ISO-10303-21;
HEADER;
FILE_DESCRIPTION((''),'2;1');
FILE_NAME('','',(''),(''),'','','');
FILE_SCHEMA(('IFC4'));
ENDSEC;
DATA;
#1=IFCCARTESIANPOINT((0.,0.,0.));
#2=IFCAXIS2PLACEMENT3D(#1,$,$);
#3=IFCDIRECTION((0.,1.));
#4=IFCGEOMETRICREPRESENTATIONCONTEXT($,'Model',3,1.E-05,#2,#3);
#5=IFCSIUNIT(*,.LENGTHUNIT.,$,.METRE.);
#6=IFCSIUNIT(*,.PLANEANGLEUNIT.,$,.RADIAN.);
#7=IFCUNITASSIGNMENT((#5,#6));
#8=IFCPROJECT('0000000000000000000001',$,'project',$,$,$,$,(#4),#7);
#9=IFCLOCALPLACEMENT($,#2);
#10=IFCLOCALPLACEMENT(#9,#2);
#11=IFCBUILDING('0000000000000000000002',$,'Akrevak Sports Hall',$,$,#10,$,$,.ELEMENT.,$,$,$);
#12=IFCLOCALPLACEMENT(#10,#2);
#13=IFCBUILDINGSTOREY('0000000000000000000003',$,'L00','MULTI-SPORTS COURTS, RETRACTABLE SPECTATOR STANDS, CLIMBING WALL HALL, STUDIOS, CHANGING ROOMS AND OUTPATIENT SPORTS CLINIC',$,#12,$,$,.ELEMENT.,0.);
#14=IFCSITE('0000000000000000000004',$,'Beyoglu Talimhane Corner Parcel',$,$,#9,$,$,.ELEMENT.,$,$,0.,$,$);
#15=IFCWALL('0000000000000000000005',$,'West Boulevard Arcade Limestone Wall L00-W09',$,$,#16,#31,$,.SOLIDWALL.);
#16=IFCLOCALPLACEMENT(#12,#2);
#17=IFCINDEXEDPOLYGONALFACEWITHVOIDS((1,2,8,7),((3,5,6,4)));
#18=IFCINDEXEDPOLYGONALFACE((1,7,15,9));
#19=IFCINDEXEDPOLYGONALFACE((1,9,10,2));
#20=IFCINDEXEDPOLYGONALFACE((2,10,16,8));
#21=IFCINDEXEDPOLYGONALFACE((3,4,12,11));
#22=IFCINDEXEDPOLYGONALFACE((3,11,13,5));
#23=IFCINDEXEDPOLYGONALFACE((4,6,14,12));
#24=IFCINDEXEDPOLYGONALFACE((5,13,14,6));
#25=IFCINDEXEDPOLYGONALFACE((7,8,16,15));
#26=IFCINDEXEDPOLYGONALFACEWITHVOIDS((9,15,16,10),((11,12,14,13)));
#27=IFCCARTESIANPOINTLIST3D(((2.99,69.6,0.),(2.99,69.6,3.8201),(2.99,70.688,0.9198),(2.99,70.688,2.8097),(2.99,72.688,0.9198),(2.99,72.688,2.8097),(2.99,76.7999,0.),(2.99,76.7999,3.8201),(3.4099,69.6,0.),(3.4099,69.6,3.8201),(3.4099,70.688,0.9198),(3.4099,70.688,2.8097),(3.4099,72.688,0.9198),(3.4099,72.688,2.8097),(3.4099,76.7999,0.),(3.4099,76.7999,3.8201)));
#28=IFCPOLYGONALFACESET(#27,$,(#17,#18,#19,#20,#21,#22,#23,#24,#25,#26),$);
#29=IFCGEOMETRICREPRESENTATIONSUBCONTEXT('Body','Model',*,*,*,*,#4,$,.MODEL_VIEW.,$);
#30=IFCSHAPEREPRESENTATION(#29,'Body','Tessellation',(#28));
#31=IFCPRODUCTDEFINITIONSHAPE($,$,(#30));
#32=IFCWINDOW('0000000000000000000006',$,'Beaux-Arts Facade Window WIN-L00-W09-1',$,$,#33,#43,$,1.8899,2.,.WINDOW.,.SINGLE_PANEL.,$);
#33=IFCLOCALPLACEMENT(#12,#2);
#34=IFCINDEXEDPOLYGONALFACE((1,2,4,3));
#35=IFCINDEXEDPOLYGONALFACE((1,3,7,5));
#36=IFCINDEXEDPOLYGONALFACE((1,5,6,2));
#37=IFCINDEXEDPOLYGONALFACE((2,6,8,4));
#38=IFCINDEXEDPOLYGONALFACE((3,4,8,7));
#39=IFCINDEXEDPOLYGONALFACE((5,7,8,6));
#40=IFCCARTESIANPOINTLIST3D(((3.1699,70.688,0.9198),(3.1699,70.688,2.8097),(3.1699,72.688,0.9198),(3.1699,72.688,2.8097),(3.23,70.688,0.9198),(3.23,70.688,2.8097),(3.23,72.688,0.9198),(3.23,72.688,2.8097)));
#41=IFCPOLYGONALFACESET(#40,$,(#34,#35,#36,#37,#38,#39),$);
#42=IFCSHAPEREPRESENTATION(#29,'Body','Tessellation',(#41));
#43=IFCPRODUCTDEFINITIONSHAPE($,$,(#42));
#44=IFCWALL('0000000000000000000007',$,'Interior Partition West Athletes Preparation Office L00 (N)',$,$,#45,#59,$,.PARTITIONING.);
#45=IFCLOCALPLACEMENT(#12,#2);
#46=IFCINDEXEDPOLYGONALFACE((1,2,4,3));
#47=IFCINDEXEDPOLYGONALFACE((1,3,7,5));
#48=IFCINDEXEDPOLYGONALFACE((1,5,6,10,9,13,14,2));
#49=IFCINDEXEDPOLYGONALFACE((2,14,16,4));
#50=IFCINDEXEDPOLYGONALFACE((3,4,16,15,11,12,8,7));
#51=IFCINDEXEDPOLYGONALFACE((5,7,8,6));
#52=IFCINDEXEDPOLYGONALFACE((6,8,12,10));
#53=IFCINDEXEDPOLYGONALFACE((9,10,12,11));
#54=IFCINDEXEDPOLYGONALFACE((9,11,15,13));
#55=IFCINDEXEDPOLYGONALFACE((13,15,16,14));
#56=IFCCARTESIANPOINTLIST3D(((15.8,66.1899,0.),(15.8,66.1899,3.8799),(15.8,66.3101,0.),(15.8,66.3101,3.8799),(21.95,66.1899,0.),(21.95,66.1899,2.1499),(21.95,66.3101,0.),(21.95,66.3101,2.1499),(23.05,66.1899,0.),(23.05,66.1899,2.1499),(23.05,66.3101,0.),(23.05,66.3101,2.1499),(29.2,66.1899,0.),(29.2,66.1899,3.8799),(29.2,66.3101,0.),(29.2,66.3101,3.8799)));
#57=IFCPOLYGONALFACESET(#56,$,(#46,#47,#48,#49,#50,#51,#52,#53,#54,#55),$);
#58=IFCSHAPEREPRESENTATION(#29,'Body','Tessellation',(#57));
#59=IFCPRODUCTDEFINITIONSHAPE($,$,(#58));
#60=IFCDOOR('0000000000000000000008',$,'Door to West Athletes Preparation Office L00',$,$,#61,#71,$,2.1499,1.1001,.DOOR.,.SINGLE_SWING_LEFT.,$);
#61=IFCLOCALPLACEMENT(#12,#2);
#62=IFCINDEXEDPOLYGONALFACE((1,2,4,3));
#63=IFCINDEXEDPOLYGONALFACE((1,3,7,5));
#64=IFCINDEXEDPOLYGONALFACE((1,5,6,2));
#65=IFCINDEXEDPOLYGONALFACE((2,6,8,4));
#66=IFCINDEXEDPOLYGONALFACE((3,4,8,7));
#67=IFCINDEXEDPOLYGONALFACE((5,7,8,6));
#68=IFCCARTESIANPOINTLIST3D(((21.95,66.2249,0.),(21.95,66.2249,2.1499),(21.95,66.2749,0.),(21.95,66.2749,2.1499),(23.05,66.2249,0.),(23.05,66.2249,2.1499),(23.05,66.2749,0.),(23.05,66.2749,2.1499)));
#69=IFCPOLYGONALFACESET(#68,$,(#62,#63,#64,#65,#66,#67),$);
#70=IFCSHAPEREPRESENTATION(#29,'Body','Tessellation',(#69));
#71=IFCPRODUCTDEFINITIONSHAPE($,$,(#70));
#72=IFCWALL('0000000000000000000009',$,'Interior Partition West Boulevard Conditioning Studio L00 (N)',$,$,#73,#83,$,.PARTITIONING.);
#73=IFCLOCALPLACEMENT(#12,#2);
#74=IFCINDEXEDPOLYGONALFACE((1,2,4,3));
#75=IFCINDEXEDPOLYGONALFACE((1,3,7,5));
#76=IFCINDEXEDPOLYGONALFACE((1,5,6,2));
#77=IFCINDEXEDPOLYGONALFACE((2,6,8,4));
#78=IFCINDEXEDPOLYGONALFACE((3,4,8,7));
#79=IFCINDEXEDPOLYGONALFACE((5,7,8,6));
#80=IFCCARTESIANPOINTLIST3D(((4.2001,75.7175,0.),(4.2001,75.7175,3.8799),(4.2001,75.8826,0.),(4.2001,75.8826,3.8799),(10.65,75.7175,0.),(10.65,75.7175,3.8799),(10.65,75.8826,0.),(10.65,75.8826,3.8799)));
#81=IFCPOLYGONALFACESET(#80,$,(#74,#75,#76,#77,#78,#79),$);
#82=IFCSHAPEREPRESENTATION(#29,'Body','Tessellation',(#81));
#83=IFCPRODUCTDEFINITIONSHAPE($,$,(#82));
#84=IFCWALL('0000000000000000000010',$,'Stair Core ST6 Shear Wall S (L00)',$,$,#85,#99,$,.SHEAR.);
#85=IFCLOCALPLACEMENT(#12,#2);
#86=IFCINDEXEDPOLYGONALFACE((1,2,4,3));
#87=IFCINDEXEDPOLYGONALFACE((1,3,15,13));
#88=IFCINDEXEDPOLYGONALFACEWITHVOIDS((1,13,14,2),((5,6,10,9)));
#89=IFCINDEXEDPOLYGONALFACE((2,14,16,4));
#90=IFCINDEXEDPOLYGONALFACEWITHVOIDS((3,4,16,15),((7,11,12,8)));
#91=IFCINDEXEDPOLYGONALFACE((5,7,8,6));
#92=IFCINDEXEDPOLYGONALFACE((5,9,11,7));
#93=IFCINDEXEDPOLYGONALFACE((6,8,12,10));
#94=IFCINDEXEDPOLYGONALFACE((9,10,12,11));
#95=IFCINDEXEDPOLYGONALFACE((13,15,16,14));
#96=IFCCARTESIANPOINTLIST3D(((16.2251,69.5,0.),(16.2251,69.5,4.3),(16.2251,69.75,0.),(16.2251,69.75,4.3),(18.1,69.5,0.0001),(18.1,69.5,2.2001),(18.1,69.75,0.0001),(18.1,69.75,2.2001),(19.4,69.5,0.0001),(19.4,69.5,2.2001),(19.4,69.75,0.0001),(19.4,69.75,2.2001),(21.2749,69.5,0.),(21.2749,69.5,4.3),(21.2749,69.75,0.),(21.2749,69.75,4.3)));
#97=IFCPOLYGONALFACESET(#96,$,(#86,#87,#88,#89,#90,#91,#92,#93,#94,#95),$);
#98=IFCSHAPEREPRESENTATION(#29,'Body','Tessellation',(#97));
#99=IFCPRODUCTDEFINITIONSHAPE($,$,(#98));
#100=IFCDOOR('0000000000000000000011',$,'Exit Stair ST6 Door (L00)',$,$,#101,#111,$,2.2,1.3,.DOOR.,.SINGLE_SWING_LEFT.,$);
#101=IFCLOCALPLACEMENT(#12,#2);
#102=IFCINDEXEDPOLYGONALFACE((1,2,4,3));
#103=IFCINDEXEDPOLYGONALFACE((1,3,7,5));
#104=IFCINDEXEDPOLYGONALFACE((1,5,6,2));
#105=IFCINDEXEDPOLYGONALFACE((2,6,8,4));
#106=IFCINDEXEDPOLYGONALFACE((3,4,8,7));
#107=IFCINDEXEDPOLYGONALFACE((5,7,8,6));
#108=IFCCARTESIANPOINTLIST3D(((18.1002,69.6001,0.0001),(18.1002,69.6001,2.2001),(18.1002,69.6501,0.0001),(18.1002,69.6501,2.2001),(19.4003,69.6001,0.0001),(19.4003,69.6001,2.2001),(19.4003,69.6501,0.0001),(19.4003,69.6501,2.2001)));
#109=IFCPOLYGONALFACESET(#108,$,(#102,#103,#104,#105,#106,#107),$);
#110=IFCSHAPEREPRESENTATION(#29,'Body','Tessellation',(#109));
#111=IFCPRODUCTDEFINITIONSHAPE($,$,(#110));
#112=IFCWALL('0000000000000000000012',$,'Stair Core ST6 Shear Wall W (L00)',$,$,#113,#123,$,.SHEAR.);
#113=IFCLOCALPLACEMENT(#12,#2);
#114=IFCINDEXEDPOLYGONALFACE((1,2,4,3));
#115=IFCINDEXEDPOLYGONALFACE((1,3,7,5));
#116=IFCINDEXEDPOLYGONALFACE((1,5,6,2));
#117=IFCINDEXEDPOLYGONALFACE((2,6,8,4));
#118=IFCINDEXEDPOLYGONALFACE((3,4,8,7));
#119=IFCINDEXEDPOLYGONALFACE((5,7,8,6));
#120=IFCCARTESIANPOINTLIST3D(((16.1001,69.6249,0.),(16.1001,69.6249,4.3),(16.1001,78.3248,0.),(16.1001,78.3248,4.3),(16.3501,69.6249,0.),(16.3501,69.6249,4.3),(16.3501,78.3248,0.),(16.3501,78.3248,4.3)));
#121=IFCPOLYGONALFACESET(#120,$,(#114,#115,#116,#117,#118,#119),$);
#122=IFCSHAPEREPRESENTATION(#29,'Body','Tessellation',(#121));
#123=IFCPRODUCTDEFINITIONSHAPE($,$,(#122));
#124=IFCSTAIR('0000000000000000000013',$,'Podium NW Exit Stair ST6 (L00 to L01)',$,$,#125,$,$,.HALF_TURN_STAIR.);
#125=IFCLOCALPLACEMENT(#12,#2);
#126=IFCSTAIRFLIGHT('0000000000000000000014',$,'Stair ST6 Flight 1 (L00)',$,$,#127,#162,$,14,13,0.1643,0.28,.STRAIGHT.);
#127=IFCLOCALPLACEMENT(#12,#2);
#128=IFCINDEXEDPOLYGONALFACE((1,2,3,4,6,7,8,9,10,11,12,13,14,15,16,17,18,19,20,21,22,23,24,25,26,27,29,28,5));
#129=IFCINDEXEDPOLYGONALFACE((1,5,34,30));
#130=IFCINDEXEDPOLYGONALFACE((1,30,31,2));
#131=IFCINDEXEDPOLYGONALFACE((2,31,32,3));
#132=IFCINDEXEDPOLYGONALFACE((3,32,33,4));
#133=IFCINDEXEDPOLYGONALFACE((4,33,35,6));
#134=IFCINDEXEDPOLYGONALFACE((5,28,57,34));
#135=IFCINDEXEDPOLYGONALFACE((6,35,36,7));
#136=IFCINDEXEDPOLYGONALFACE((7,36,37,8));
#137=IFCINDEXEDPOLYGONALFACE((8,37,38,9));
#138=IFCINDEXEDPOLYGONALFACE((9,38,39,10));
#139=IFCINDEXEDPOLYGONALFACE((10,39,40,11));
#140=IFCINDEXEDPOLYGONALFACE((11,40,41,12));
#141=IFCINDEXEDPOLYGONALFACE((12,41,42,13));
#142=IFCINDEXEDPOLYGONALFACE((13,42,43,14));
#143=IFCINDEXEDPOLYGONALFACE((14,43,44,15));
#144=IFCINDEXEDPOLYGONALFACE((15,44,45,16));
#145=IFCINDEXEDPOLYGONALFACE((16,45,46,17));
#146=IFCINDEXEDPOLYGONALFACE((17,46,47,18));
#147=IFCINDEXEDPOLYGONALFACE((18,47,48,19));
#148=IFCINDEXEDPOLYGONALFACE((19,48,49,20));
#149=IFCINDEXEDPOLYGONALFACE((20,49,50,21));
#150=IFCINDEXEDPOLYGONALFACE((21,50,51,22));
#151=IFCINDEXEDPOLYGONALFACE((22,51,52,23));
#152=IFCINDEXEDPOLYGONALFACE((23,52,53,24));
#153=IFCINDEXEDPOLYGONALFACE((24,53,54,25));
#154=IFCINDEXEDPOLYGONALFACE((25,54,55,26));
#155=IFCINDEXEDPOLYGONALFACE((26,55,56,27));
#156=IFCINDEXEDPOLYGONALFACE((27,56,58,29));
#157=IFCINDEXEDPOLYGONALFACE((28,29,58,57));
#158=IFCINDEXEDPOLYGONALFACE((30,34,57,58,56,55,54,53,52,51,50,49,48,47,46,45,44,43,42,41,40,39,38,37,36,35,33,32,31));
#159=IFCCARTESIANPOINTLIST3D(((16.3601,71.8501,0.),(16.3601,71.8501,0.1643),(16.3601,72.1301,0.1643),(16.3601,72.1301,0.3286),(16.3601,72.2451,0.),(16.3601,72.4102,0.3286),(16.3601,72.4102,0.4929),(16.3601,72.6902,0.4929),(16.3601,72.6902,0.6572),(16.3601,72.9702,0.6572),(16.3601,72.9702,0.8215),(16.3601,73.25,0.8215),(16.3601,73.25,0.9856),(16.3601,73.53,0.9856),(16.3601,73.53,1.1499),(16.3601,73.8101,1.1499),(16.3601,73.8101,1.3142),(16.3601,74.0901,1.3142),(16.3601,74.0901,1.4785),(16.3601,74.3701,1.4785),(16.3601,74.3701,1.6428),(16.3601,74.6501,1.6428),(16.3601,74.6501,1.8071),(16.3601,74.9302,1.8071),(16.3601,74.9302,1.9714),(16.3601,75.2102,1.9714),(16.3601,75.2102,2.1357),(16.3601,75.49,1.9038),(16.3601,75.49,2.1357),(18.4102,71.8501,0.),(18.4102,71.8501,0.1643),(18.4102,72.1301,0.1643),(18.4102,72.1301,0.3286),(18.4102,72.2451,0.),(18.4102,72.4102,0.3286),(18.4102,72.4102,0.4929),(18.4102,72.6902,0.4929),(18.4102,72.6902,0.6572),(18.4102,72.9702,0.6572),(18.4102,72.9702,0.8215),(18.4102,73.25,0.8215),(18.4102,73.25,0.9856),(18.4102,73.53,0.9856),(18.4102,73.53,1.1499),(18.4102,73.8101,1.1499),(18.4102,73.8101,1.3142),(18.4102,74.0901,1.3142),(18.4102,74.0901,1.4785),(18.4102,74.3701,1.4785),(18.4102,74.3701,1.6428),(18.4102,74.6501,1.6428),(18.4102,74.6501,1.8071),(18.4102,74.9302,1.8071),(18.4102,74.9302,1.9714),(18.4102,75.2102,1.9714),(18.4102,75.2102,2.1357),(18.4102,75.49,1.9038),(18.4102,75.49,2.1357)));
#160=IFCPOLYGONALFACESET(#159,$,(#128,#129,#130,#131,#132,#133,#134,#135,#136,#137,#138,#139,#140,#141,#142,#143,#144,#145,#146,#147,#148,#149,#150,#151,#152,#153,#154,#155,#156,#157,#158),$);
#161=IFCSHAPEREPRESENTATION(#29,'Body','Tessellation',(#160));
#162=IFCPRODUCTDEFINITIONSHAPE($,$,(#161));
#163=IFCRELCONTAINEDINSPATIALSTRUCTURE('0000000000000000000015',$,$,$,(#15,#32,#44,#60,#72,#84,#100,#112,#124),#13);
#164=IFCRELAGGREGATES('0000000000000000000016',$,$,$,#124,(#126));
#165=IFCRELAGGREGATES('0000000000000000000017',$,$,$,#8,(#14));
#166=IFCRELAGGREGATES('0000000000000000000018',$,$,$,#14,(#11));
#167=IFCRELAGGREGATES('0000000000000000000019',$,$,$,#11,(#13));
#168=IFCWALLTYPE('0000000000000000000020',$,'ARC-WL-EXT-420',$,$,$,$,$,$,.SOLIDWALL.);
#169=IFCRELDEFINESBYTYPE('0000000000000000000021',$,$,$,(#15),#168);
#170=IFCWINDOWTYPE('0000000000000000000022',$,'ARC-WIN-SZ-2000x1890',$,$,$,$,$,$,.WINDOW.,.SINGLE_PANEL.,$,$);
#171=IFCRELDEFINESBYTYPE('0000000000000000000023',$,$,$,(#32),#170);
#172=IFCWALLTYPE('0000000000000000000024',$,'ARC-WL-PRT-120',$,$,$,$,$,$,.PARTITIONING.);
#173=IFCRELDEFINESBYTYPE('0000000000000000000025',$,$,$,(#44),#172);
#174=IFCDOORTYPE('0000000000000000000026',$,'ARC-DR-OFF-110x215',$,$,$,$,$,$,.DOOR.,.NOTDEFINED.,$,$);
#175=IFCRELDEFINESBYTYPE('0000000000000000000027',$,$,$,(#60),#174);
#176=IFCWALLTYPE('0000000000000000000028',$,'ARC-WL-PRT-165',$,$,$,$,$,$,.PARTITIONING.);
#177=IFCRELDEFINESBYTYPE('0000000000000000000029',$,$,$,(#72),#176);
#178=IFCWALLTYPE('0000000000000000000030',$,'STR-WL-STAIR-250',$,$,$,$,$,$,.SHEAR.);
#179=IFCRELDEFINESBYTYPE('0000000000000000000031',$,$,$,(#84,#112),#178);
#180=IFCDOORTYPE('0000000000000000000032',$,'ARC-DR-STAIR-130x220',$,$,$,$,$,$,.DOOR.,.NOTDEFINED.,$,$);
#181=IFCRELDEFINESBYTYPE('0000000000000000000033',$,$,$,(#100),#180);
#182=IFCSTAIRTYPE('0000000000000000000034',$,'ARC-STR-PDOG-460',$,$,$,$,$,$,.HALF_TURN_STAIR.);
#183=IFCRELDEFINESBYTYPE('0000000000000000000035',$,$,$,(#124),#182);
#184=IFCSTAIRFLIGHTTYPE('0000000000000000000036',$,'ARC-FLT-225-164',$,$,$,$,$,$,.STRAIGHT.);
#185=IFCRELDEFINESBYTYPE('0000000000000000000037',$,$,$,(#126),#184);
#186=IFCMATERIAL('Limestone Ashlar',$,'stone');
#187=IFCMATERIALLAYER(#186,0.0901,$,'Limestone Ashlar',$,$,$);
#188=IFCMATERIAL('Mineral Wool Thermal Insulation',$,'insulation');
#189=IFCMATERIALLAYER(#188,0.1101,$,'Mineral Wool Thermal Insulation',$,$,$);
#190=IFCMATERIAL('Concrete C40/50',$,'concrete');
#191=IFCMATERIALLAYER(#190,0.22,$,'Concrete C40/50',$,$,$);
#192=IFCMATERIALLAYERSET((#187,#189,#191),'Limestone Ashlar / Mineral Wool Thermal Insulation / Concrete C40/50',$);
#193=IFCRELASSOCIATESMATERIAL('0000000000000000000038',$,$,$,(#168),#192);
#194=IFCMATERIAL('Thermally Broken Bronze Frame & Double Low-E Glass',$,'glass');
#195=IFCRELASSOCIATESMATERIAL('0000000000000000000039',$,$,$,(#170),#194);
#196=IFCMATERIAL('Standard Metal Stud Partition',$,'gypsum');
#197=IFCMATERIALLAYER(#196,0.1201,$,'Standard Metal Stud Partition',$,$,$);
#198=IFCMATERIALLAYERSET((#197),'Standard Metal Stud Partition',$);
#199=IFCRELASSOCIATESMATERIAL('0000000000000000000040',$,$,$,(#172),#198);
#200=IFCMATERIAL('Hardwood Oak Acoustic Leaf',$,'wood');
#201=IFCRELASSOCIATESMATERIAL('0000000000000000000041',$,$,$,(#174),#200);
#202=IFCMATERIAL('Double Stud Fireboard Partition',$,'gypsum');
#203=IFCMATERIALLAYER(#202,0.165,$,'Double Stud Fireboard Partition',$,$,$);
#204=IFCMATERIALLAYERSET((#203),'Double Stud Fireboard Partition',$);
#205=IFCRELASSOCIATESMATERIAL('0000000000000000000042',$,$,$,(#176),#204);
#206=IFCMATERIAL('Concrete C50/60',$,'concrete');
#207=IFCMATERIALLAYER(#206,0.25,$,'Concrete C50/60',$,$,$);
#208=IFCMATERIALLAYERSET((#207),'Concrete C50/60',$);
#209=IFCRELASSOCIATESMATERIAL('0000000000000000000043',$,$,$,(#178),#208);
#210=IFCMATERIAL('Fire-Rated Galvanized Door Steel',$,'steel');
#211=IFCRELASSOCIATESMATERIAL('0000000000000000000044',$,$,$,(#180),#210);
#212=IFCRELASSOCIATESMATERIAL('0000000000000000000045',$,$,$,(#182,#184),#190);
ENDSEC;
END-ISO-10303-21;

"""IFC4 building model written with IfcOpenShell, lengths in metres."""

from ifc_helpers import new_model, si_unit, direction, frame, frame_2d, origin, place, context, subcontext, project, spatial, polyline, rectangle, outline, extrude, material, layer, layer_set, type_object, element, fill, aggregate, save


model = new_model("IFC4")

# Units and contexts
model_context = context("Model", 3, precision=1e-05, world=origin(), true_north=direction((0.0, 1.0)))
body_context = subcontext(model_context, "Body", "Model", "MODEL_VIEW")
ifc_project = project(units=[si_unit("LENGTHUNIT", "METRE"), si_unit("PLANEANGLEUNIT", "RADIAN")], contexts=[model_context])

# Site, building, storey
site_placement = place(None, origin())
site = spatial("IfcSite", under=ifc_project, at=site_placement, Name="Beyoglu Talimhane Corner Parcel", CompositionType="ELEMENT", RefElevation=0.0)
building_placement = place(site_placement, origin())
building = spatial("IfcBuilding", under=site, at=building_placement, Name="Akrevak Sports Hall", CompositionType="ELEMENT")
storey_placement = place(building_placement, origin())
storey = spatial("IfcBuildingStorey", under=building, at=storey_placement, Name="L00", Description="MULTI-SPORTS COURTS, RETRACTABLE SPECTATOR STANDS, CLIMBING WALL HALL, STUDIOS, CHANGING ROOMS AND OUTPATIENT SPORTS CLINIC", CompositionType="ELEMENT", Elevation=0.0)

# Shared definitions
ifc_material_1 = material(Name="Concrete C40/50", Category="concrete")

# Shared definitions
ifc_material_2 = material(Name="Concrete C50/60", Category="concrete")

# Shared definitions
ifc_material_3 = material(Name="Limestone Ashlar", Category="stone")
ifc_layer_1 = layer(ifc_material_3, 0.0901, Name="Limestone Ashlar")
ifc_material_4 = material(Name="Mineral Wool Thermal Insulation", Category="insulation")
ifc_layer_2 = layer(ifc_material_4, 0.1101, Name="Mineral Wool Thermal Insulation")
ifc_layer_3 = layer(ifc_material_1, 0.22, Name="Concrete C40/50")
ifc_layer_set_1 = layer_set([ifc_layer_1, ifc_layer_2, ifc_layer_3], Name="Limestone Ashlar / Mineral Wool Thermal Insulation / Concrete C40/50")
wall_type_1 = type_object("IfcWallType", Name="ARC-WL-EXT-420", PredefinedType="SOLIDWALL", material=ifc_layer_set_1)
ifc_material_5 = material(Name="Thermally Broken Bronze Frame & Double Low-E Glass", Category="glass")
window_type = type_object("IfcWindowType", Name="ARC-WIN-SZ-2000x1890", PartitioningType="SINGLE_PANEL", PredefinedType="WINDOW", material=ifc_material_5)

# Wall, opening, window
wall_1_placement = place(storey_placement, frame((3.2, 76.8, 0.0), z_axis=(0.0, 0.0, 1.0), x_axis=(0.0, -1.0, 0.0)))
wall_1 = element("IfcWall", 1, at=wall_1_placement, inside=storey, type_object=wall_type_1, Name="West Boulevard Arcade Limestone Wall L00-W09", PredefinedType="SOLIDWALL", context=body_context, shape_type="SweptSolid", body=[
    extrude(rectangle(XDim=7.2, YDim=0.4199, at=frame_2d((3.6001, 0.0))), origin(), (0.0, 0.0, 1.0), 3.8201),
])
opening_1_placement = place(wall_1_placement, frame((4.1121, 0.0, 0.9199)))
opening_1 = element("IfcOpeningElement", 2, at=opening_1_placement, cuts=wall_1, PredefinedType="OPENING", context=body_context, shape_type="SweptSolid", body=[
    extrude(rectangle(XDim=2.0, YDim=1.8899, at=frame_2d((1.0, 0.9448))), frame((0.0, 0.2219, 0.0), z_axis=(0.0, -1.0, 0.0), x_axis=(1.0, 0.0, 0.0)), (0.0, 0.0, 1.0), 0.4438),
])
window_1_placement = place(opening_1_placement, origin())
window_1 = element("IfcWindow", 3, at=window_1_placement, inside=storey, type_object=window_type, Name="Beaux-Arts Facade Window WIN-L00-W09-1", OverallHeight=1.8899, OverallWidth=2.0, PartitioningType="SINGLE_PANEL", PredefinedType="WINDOW", context=body_context, shape_type="SweptSolid", body=[
    extrude(rectangle(XDim=2.0, YDim=1.8899, at=frame_2d((1.0, 0.9448))), frame((0.0, 0.03, 0.0), z_axis=(0.0, -1.0, 0.0), x_axis=(1.0, 0.0, 0.0)), (0.0, 0.0, 1.0), 0.0601),
])
fill(opening_1, window_1)

# Wall, opening, door
ifc_material_6 = material(Name="Standard Metal Stud Partition", Category="gypsum")
ifc_layer_4 = layer(ifc_material_6, 0.1201, Name="Standard Metal Stud Partition")
ifc_layer_set_2 = layer_set([ifc_layer_4], Name="Standard Metal Stud Partition")
wall_type_2 = type_object("IfcWallType", Name="ARC-WL-PRT-120", PredefinedType="PARTITIONING", material=ifc_layer_set_2)
wall_2_placement = place(storey_placement, frame((15.8, 66.25, 0.0), z_axis=(0.0, 0.0, 1.0), x_axis=(1.0, 0.0, 0.0)))
wall_2 = element("IfcWall", 4, at=wall_2_placement, inside=storey, type_object=wall_type_2, Name="Interior Partition West Athletes Preparation Office L00 (N)", PredefinedType="PARTITIONING", context=body_context, shape_type="SweptSolid", body=[
    extrude(rectangle(XDim=13.3999, YDim=0.1201, at=frame_2d((6.7, 0.0))), origin(), (0.0, 0.0, 1.0), 3.8799),
])
opening_2_placement = place(wall_2_placement, frame((6.1499, 0.0, 0.0)))
opening_2 = element("IfcOpeningElement", 5, at=opening_2_placement, cuts=wall_2, PredefinedType="OPENING", context=body_context, shape_type="SweptSolid", body=[
    extrude(rectangle(XDim=1.1001, YDim=2.1499, at=frame_2d((0.55, 1.075))), frame((0.0, 0.072, 0.0), z_axis=(0.0, -1.0, 0.0), x_axis=(1.0, 0.0, 0.0)), (0.0, 0.0, 1.0), 0.144),
])
ifc_material_7 = material(Name="Hardwood Oak Acoustic Leaf", Category="wood")
door_type_1 = type_object("IfcDoorType", Name="ARC-DR-OFF-110x215", OperationType="NOTDEFINED", PredefinedType="DOOR", material=ifc_material_7)
door_1_placement = place(opening_2_placement, origin())
door_1 = element("IfcDoor", 6, at=door_1_placement, inside=storey, type_object=door_type_1, Name="Door to West Athletes Preparation Office L00", OperationType="SINGLE_SWING_LEFT", OverallHeight=2.1499, OverallWidth=1.1001, PredefinedType="DOOR", context=body_context, shape_type="SweptSolid", body=[
    extrude(rectangle(XDim=1.1001, YDim=2.1499, at=frame_2d((0.55, 1.075))), frame((0.0, 0.0249, 0.0), z_axis=(0.0, -1.0, 0.0), x_axis=(1.0, 0.0, 0.0)), (0.0, 0.0, 1.0), 0.05),
])
fill(opening_2, door_1)

# Wall
ifc_material_8 = material(Name="Double Stud Fireboard Partition", Category="gypsum")
ifc_layer_5 = layer(ifc_material_8, 0.165, Name="Double Stud Fireboard Partition")
ifc_layer_set_3 = layer_set([ifc_layer_5], Name="Double Stud Fireboard Partition")
wall_type_3 = type_object("IfcWallType", Name="ARC-WL-PRT-165", PredefinedType="PARTITIONING", material=ifc_layer_set_3)
wall_3_placement = place(storey_placement, frame((4.2, 75.8, 0.0), z_axis=(0.0, 0.0, 1.0), x_axis=(1.0, 0.0, 0.0)))
element("IfcWall", 7, at=wall_3_placement, inside=storey, type_object=wall_type_3, Name="Interior Partition West Boulevard Conditioning Studio L00 (N)", PredefinedType="PARTITIONING", context=body_context, shape_type="SweptSolid", body=[
    extrude(rectangle(XDim=6.45, YDim=0.165, at=frame_2d((3.2251, 0.0))), origin(), (0.0, 0.0, 1.0), 3.8799),
])

# Wall, opening, door
ifc_layer_6 = layer(ifc_material_2, 0.25, Name="Concrete C50/60")
ifc_layer_set_4 = layer_set([ifc_layer_6], Name="Concrete C50/60")
wall_type_4 = type_object("IfcWallType", Name="STR-WL-STAIR-250", PredefinedType="SHEAR", material=ifc_layer_set_4)
wall_4_placement = place(storey_placement, frame((16.2251, 69.625, 0.0), z_axis=(0.0, 0.0, 1.0), x_axis=(1.0, 0.0, 0.0)))
wall_4 = element("IfcWall", 8, at=wall_4_placement, inside=storey, type_object=wall_type_4, Name="Stair Core ST6 Shear Wall S (L00)", PredefinedType="SHEAR", context=body_context, shape_type="SweptSolid", body=[
    extrude(rectangle(XDim=5.0498, YDim=0.25, at=frame_2d((2.5249, 0.0))), origin(), (0.0, 0.0, 1.0), 4.3),
])
opening_3_placement = place(wall_4_placement, frame((1.875, 0.0, 0.0)))
opening_3 = element("IfcOpeningElement", 9, at=opening_3_placement, cuts=wall_4, PredefinedType="OPENING", context=body_context, shape_type="SweptSolid", body=[
    extrude(rectangle(XDim=1.3, YDim=2.2, at=frame_2d((0.6499, 1.1001))), frame((0.0, 0.137, 0.0), z_axis=(0.0, -1.0, 0.0), x_axis=(1.0, 0.0, 0.0)), (0.0, 0.0, 1.0), 0.2739),
])
ifc_material_9 = material(Name="Fire-Rated Galvanized Door Steel", Category="steel")
door_type_2 = type_object("IfcDoorType", Name="ARC-DR-STAIR-130x220", OperationType="NOTDEFINED", PredefinedType="DOOR", material=ifc_material_9)
door_2_placement = place(opening_3_placement, frame((1.3, 0.0, 0.0), z_axis=(0.0, 0.0, 1.0), x_axis=(-1.0, 0.0, 0.0)))
door_2 = element("IfcDoor", 10, at=door_2_placement, inside=storey, type_object=door_type_2, Name="Exit Stair ST6 Door (L00)", OperationType="SINGLE_SWING_LEFT", OverallHeight=2.2, OverallWidth=1.3, PredefinedType="DOOR", context=body_context, shape_type="SweptSolid", body=[
    extrude(rectangle(XDim=1.3, YDim=2.2, at=frame_2d((0.6499, 1.1001))), frame((0.0, 0.0249, 0.0), z_axis=(0.0, -1.0, 0.0), x_axis=(1.0, 0.0, 0.0)), (0.0, 0.0, 1.0), 0.05),
])
fill(opening_3, door_2)

# Wall
wall_5_placement = place(storey_placement, frame((16.2251, 78.325, 0.0), z_axis=(0.0, 0.0, 1.0), x_axis=(0.0, -1.0, 0.0)))
element("IfcWall", 11, at=wall_5_placement, inside=storey, type_object=wall_type_4, Name="Stair Core ST6 Shear Wall W (L00)", PredefinedType="SHEAR", context=body_context, shape_type="SweptSolid", body=[
    extrude(rectangle(XDim=8.7, YDim=0.25, at=frame_2d((4.3501, 0.0))), origin(), (0.0, 0.0, 1.0), 4.3),
])

# Stair, stair flight
stair_type = type_object("IfcStairType", Name="ARC-STR-PDOG-460", PredefinedType="HALF_TURN_STAIR", material=ifc_material_1)
stair_placement = place(storey_placement, origin())
stair = element("IfcStair", 12, at=stair_placement, inside=storey, type_object=stair_type, Name="Podium NW Exit Stair ST6 (L00 to L01)", PredefinedType="HALF_TURN_STAIR")
stair_flight_type = type_object("IfcStairFlightType", Name="ARC-FLT-225-164", PredefinedType="STRAIGHT", material=ifc_material_1)
stair_flight_placement = place(storey_placement, frame((17.385, 71.8501, 0.0), z_axis=(0.0, 0.0, 1.0), x_axis=(0.0, 1.0, 0.0)))
stair_flight = element("IfcStairFlight", 13, at=stair_flight_placement, type_object=stair_flight_type, Name="Stair ST6 Flight 1 (L00)", NumberOfRisers=14, NumberOfTreads=13, PredefinedType="STRAIGHT", RiserHeight=0.1643, TreadLength=0.28, context=body_context, shape_type="SweptSolid", body=[
    extrude(outline(polyline([(0.0, 0.0), (0.0, 0.1643), (0.28, 0.1643), (0.28, 0.3286), (0.5601, 0.3286), (0.5601, 0.4929), (0.8401, 0.4929), (0.8401, 0.6572), (1.1201, 0.6572), (1.1201, 0.8215), (1.3999, 0.8215), (1.3999, 0.9856), (1.6799, 0.9856), (1.6799, 1.1499), (1.96, 1.1499), (1.96, 1.3142), (2.24, 1.3142), (2.24, 1.4785), (2.52, 1.4785), (2.52, 1.6428), (2.8, 1.6428), (2.8, 1.8071), (3.0801, 1.8071), (3.0801, 1.9714), (3.3601, 1.9714), (3.3601, 2.1357), (3.6399, 2.1357), (3.6399, 2.3), (3.6399, 1.9038), (0.395, 0.0), (0.0, 0.0)])), frame((0.0, 1.0249, 0.0), z_axis=(0.0, -1.0, 0.0), x_axis=(1.0, 0.0, 0.0)), (0.0, 0.0, 1.0), 2.05),
])
aggregate(stair, [stair_flight])

save(model, "model.ifc")
